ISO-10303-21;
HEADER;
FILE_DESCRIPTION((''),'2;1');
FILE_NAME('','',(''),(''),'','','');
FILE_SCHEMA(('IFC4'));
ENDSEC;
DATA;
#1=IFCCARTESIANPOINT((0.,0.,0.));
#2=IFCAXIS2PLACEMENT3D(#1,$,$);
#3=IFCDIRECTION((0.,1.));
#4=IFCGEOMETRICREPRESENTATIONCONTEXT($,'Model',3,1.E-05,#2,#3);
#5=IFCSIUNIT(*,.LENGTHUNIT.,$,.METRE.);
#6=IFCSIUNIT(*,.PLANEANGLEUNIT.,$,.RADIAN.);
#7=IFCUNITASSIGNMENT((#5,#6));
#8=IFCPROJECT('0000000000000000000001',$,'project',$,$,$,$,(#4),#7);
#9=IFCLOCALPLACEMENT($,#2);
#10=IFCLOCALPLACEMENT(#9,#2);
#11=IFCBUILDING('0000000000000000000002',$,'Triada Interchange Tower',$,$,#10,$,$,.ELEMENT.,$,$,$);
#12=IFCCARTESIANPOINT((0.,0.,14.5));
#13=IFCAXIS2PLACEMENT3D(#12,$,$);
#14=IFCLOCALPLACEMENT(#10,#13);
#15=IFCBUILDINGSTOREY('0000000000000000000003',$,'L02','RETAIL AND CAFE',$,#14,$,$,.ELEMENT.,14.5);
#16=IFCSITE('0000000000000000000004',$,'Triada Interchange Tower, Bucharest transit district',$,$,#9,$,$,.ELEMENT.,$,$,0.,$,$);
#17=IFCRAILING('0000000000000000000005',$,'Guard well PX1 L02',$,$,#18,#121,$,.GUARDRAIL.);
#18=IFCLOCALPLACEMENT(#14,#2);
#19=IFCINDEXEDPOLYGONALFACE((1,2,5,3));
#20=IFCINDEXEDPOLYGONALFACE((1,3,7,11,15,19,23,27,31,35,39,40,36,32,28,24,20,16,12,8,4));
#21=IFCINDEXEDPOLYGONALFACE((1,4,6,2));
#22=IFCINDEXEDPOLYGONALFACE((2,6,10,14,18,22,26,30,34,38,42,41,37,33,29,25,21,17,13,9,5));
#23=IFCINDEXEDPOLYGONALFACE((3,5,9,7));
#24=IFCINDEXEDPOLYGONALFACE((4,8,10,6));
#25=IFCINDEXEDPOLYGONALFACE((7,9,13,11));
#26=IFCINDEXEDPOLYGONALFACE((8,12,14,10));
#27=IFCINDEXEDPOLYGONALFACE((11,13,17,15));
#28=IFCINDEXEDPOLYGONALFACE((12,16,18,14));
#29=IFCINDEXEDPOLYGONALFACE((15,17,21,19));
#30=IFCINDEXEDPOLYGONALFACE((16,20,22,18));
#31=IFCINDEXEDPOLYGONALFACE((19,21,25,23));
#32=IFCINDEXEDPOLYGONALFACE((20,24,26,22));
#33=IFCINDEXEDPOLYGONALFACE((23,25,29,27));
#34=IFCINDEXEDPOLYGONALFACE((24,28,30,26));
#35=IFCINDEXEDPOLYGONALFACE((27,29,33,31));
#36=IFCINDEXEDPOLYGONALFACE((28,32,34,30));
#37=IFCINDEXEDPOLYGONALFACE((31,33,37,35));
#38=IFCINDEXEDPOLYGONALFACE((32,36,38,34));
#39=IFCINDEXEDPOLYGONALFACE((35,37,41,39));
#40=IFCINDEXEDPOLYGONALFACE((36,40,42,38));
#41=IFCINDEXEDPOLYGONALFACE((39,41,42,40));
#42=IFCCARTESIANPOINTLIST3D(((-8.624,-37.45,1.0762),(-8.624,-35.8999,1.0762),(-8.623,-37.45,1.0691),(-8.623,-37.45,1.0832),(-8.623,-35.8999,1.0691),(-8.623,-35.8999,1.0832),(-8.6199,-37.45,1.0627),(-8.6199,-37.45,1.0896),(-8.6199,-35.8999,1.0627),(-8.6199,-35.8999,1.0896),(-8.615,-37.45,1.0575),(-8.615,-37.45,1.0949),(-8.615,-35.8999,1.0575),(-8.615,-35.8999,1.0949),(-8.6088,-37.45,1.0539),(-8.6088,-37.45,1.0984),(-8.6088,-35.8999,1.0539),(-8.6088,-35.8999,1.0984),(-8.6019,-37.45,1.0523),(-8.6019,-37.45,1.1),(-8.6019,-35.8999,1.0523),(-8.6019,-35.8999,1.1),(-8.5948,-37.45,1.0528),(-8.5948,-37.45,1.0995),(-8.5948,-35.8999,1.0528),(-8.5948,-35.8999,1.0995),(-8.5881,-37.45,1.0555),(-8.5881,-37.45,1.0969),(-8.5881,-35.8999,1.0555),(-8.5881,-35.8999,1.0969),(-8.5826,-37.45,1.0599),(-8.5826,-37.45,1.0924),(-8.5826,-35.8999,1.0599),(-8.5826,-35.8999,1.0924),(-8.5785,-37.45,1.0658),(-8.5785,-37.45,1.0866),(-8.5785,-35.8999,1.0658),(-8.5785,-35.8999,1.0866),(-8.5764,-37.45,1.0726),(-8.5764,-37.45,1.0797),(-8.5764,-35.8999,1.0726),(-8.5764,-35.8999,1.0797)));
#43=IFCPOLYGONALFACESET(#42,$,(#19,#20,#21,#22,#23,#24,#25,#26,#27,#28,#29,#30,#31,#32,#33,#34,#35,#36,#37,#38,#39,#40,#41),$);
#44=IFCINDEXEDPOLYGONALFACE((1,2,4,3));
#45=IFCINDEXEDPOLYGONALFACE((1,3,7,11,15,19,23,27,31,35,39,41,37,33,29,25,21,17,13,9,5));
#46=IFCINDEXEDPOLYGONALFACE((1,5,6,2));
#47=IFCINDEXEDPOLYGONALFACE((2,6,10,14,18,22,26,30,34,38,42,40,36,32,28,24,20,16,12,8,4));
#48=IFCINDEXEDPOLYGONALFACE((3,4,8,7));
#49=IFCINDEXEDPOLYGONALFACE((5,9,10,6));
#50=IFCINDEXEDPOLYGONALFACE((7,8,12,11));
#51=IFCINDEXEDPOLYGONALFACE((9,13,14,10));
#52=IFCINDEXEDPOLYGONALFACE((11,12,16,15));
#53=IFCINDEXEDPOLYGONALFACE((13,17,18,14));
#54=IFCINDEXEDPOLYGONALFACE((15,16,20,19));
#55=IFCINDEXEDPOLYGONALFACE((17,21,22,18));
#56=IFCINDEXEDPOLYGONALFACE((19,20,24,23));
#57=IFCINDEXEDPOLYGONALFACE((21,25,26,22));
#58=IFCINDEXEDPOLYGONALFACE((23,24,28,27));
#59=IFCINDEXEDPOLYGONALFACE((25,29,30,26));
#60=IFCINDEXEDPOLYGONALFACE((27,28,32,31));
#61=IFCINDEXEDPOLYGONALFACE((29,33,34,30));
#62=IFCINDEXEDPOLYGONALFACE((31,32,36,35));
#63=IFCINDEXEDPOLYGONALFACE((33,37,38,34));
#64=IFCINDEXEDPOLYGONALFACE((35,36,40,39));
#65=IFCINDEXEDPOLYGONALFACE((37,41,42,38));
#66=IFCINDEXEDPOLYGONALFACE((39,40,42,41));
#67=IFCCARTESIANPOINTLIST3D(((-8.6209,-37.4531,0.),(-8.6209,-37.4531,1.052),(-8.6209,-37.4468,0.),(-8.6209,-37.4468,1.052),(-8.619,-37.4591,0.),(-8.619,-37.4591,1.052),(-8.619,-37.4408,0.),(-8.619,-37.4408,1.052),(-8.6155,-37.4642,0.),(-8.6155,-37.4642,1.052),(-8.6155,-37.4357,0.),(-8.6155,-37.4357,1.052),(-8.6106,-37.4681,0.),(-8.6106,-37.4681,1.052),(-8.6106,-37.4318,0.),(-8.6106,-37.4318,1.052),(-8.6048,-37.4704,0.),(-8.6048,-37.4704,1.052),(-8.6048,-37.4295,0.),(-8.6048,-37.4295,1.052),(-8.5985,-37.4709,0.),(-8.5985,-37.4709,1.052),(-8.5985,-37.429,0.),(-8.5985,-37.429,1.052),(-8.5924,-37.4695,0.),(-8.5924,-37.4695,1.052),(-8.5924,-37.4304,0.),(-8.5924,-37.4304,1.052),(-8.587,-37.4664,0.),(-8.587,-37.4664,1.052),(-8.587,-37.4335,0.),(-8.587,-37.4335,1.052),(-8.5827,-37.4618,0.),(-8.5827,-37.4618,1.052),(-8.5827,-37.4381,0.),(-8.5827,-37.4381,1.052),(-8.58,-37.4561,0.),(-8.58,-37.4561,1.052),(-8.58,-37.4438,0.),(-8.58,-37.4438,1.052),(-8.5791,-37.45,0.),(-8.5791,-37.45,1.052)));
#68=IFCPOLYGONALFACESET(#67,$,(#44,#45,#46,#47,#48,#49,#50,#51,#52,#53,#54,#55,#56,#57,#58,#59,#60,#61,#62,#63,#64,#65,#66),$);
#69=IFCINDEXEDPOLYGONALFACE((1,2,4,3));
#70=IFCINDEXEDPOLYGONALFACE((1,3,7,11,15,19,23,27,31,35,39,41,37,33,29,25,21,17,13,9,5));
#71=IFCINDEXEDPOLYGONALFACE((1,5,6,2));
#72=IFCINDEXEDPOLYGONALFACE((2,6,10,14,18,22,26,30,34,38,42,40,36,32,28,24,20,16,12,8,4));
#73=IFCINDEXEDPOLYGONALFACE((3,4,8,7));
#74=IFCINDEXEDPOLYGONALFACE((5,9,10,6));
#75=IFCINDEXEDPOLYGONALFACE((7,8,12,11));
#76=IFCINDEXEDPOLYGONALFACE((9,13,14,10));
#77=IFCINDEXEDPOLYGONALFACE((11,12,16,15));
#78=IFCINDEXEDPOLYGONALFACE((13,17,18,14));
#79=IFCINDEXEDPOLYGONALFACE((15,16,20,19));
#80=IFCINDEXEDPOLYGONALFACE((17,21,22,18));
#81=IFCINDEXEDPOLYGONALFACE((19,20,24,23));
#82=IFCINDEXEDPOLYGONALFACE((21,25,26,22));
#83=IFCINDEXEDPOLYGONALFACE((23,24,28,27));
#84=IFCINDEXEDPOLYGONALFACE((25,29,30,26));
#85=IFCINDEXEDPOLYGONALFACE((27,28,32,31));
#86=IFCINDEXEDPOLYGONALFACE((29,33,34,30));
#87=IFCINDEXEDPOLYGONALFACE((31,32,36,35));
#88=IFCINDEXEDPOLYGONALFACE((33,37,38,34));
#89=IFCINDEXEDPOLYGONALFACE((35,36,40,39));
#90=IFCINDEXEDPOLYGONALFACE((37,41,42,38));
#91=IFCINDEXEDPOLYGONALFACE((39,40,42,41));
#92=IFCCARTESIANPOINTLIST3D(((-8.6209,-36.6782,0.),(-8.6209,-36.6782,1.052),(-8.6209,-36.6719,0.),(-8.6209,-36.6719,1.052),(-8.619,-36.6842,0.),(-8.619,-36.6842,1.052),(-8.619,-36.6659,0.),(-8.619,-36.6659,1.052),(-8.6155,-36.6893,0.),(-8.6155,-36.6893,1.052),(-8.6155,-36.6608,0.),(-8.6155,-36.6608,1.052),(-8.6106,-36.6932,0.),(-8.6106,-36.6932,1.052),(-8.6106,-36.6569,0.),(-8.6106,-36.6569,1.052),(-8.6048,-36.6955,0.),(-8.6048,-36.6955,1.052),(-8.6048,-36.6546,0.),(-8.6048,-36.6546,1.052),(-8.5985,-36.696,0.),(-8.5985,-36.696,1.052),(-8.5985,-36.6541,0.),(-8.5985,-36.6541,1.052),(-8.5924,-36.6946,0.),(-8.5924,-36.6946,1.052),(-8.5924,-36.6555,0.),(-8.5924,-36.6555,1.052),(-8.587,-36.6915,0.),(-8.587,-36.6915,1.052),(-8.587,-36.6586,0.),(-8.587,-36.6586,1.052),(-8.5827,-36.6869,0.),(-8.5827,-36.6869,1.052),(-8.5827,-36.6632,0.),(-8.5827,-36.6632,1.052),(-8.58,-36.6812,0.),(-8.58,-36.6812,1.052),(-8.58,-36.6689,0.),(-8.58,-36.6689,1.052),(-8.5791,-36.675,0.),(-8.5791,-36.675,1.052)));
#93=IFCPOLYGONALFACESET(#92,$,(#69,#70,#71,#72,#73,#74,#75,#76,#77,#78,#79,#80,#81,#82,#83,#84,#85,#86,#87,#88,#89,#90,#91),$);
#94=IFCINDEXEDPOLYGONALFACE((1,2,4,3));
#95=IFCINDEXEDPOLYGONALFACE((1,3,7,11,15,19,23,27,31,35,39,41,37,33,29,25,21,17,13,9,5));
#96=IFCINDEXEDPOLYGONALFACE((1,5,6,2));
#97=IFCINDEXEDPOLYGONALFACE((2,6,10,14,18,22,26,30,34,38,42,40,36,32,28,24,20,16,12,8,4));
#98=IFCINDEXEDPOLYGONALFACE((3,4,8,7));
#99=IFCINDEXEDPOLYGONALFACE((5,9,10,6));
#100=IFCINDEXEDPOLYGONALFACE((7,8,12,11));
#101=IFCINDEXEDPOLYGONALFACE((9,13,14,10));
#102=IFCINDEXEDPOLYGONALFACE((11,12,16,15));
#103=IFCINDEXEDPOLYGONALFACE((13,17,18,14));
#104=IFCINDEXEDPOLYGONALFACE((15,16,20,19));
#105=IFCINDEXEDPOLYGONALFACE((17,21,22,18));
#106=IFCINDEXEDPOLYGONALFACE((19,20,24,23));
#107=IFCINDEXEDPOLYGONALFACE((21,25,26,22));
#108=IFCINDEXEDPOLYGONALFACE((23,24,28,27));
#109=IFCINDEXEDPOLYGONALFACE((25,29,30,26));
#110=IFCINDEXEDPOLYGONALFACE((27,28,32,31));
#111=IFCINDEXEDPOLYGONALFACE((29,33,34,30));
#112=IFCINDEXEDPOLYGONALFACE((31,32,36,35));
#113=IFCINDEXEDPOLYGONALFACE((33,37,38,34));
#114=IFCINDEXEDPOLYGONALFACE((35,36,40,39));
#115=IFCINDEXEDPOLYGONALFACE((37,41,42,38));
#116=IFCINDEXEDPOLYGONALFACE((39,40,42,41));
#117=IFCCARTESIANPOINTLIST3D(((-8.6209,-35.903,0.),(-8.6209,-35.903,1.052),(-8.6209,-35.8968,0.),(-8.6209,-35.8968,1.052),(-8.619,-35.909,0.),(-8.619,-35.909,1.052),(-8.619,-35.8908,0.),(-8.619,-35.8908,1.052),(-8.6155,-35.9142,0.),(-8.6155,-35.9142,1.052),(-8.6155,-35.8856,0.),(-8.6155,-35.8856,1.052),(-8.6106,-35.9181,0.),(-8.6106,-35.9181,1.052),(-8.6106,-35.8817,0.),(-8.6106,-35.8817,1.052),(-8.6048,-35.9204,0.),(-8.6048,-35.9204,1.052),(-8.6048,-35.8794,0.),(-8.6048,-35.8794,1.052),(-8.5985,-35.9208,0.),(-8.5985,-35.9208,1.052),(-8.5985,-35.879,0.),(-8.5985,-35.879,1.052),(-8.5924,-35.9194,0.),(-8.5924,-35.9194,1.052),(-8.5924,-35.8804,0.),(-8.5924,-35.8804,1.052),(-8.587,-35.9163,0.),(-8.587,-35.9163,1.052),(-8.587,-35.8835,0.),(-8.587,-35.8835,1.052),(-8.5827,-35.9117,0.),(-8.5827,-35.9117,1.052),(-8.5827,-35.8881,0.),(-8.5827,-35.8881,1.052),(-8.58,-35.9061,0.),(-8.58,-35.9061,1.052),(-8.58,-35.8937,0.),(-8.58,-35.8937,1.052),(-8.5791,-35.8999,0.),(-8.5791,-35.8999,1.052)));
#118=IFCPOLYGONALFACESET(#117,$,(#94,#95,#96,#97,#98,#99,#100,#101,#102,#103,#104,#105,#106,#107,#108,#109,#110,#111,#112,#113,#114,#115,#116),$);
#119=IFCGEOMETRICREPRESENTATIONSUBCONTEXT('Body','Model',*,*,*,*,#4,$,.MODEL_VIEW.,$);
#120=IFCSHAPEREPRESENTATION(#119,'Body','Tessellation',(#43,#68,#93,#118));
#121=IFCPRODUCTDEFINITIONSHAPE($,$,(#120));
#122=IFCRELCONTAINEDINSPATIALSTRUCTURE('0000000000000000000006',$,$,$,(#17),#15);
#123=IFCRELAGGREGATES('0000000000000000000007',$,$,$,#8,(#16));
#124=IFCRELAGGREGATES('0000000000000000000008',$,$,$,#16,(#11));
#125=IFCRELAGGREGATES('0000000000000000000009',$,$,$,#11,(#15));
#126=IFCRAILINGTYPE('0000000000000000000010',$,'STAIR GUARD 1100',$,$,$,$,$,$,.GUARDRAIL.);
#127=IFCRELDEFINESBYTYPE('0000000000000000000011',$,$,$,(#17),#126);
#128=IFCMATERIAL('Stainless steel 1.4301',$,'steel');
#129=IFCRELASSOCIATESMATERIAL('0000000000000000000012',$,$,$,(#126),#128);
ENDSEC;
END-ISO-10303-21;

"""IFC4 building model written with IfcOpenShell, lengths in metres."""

from ifc_helpers import new_model, si_unit, direction, frame, origin, origin_2d, place, context, subcontext, project, spatial, circle, extrude, material, type_object, element, save


model = new_model("IFC4")

# Units and contexts
model_context = context("Model", 3, precision=1e-05, world=origin(), true_north=direction((0.0, 1.0)))
body_context = subcontext(model_context, "Body", "Model", "MODEL_VIEW")
ifc_project = project(units=[si_unit("LENGTHUNIT", "METRE"), si_unit("PLANEANGLEUNIT", "RADIAN")], contexts=[model_context])

# Site, building, storey
site_placement = place(None, origin())
site = spatial("IfcSite", under=ifc_project, at=site_placement, Name="Triada Interchange Tower, Bucharest transit district", CompositionType="ELEMENT", RefElevation=0.0)
building_placement = place(site_placement, origin())
building = spatial("IfcBuilding", under=site, at=building_placement, Name="Triada Interchange Tower", CompositionType="ELEMENT")
storey_placement = place(building_placement, frame((0.0, 0.0, 14.5)))
storey = spatial("IfcBuildingStorey", under=building, at=storey_placement, Name="L02", Description="RETAIL AND CAFE", CompositionType="ELEMENT", Elevation=14.5)

# Railing
ifc_material_1 = material(Name="Stainless steel 1.4301", Category="steel")
railing_type_1 = type_object("IfcRailingType", Name="STAIR GUARD 1100", PredefinedType="GUARDRAIL", material=ifc_material_1)
railing_1_placement = place(storey_placement, frame((-8.6001, -37.45, 0.0)))
element("IfcRailing", 1, at=railing_1_placement, inside=storey, type_object=railing_type_1, Name="Guard well PX1 L02", PredefinedType="GUARDRAIL", context=body_context, shape_type="SweptSolid", body=[
    extrude(circle(Radius=0.0239, at=origin_2d()), frame((0.0, 0.0, 1.0762), z_axis=(0.0, 1.0, 0.0), x_axis=(-1.0, 0.0, 0.0)), (0.0, 0.0, 1.0), 1.55),
    extrude(circle(Radius=0.021, at=origin_2d()), origin(), (0.0, 0.0, 1.0), 1.052),
    extrude(circle(Radius=0.021, at=origin_2d()), frame((0.0, 0.7749, 0.0)), (0.0, 0.0, 1.0), 1.052),
    extrude(circle(Radius=0.021, at=origin_2d()), frame((0.0, 1.55, 0.0)), (0.0, 0.0, 1.0), 1.052),
])

save(model, "model.ifc")
